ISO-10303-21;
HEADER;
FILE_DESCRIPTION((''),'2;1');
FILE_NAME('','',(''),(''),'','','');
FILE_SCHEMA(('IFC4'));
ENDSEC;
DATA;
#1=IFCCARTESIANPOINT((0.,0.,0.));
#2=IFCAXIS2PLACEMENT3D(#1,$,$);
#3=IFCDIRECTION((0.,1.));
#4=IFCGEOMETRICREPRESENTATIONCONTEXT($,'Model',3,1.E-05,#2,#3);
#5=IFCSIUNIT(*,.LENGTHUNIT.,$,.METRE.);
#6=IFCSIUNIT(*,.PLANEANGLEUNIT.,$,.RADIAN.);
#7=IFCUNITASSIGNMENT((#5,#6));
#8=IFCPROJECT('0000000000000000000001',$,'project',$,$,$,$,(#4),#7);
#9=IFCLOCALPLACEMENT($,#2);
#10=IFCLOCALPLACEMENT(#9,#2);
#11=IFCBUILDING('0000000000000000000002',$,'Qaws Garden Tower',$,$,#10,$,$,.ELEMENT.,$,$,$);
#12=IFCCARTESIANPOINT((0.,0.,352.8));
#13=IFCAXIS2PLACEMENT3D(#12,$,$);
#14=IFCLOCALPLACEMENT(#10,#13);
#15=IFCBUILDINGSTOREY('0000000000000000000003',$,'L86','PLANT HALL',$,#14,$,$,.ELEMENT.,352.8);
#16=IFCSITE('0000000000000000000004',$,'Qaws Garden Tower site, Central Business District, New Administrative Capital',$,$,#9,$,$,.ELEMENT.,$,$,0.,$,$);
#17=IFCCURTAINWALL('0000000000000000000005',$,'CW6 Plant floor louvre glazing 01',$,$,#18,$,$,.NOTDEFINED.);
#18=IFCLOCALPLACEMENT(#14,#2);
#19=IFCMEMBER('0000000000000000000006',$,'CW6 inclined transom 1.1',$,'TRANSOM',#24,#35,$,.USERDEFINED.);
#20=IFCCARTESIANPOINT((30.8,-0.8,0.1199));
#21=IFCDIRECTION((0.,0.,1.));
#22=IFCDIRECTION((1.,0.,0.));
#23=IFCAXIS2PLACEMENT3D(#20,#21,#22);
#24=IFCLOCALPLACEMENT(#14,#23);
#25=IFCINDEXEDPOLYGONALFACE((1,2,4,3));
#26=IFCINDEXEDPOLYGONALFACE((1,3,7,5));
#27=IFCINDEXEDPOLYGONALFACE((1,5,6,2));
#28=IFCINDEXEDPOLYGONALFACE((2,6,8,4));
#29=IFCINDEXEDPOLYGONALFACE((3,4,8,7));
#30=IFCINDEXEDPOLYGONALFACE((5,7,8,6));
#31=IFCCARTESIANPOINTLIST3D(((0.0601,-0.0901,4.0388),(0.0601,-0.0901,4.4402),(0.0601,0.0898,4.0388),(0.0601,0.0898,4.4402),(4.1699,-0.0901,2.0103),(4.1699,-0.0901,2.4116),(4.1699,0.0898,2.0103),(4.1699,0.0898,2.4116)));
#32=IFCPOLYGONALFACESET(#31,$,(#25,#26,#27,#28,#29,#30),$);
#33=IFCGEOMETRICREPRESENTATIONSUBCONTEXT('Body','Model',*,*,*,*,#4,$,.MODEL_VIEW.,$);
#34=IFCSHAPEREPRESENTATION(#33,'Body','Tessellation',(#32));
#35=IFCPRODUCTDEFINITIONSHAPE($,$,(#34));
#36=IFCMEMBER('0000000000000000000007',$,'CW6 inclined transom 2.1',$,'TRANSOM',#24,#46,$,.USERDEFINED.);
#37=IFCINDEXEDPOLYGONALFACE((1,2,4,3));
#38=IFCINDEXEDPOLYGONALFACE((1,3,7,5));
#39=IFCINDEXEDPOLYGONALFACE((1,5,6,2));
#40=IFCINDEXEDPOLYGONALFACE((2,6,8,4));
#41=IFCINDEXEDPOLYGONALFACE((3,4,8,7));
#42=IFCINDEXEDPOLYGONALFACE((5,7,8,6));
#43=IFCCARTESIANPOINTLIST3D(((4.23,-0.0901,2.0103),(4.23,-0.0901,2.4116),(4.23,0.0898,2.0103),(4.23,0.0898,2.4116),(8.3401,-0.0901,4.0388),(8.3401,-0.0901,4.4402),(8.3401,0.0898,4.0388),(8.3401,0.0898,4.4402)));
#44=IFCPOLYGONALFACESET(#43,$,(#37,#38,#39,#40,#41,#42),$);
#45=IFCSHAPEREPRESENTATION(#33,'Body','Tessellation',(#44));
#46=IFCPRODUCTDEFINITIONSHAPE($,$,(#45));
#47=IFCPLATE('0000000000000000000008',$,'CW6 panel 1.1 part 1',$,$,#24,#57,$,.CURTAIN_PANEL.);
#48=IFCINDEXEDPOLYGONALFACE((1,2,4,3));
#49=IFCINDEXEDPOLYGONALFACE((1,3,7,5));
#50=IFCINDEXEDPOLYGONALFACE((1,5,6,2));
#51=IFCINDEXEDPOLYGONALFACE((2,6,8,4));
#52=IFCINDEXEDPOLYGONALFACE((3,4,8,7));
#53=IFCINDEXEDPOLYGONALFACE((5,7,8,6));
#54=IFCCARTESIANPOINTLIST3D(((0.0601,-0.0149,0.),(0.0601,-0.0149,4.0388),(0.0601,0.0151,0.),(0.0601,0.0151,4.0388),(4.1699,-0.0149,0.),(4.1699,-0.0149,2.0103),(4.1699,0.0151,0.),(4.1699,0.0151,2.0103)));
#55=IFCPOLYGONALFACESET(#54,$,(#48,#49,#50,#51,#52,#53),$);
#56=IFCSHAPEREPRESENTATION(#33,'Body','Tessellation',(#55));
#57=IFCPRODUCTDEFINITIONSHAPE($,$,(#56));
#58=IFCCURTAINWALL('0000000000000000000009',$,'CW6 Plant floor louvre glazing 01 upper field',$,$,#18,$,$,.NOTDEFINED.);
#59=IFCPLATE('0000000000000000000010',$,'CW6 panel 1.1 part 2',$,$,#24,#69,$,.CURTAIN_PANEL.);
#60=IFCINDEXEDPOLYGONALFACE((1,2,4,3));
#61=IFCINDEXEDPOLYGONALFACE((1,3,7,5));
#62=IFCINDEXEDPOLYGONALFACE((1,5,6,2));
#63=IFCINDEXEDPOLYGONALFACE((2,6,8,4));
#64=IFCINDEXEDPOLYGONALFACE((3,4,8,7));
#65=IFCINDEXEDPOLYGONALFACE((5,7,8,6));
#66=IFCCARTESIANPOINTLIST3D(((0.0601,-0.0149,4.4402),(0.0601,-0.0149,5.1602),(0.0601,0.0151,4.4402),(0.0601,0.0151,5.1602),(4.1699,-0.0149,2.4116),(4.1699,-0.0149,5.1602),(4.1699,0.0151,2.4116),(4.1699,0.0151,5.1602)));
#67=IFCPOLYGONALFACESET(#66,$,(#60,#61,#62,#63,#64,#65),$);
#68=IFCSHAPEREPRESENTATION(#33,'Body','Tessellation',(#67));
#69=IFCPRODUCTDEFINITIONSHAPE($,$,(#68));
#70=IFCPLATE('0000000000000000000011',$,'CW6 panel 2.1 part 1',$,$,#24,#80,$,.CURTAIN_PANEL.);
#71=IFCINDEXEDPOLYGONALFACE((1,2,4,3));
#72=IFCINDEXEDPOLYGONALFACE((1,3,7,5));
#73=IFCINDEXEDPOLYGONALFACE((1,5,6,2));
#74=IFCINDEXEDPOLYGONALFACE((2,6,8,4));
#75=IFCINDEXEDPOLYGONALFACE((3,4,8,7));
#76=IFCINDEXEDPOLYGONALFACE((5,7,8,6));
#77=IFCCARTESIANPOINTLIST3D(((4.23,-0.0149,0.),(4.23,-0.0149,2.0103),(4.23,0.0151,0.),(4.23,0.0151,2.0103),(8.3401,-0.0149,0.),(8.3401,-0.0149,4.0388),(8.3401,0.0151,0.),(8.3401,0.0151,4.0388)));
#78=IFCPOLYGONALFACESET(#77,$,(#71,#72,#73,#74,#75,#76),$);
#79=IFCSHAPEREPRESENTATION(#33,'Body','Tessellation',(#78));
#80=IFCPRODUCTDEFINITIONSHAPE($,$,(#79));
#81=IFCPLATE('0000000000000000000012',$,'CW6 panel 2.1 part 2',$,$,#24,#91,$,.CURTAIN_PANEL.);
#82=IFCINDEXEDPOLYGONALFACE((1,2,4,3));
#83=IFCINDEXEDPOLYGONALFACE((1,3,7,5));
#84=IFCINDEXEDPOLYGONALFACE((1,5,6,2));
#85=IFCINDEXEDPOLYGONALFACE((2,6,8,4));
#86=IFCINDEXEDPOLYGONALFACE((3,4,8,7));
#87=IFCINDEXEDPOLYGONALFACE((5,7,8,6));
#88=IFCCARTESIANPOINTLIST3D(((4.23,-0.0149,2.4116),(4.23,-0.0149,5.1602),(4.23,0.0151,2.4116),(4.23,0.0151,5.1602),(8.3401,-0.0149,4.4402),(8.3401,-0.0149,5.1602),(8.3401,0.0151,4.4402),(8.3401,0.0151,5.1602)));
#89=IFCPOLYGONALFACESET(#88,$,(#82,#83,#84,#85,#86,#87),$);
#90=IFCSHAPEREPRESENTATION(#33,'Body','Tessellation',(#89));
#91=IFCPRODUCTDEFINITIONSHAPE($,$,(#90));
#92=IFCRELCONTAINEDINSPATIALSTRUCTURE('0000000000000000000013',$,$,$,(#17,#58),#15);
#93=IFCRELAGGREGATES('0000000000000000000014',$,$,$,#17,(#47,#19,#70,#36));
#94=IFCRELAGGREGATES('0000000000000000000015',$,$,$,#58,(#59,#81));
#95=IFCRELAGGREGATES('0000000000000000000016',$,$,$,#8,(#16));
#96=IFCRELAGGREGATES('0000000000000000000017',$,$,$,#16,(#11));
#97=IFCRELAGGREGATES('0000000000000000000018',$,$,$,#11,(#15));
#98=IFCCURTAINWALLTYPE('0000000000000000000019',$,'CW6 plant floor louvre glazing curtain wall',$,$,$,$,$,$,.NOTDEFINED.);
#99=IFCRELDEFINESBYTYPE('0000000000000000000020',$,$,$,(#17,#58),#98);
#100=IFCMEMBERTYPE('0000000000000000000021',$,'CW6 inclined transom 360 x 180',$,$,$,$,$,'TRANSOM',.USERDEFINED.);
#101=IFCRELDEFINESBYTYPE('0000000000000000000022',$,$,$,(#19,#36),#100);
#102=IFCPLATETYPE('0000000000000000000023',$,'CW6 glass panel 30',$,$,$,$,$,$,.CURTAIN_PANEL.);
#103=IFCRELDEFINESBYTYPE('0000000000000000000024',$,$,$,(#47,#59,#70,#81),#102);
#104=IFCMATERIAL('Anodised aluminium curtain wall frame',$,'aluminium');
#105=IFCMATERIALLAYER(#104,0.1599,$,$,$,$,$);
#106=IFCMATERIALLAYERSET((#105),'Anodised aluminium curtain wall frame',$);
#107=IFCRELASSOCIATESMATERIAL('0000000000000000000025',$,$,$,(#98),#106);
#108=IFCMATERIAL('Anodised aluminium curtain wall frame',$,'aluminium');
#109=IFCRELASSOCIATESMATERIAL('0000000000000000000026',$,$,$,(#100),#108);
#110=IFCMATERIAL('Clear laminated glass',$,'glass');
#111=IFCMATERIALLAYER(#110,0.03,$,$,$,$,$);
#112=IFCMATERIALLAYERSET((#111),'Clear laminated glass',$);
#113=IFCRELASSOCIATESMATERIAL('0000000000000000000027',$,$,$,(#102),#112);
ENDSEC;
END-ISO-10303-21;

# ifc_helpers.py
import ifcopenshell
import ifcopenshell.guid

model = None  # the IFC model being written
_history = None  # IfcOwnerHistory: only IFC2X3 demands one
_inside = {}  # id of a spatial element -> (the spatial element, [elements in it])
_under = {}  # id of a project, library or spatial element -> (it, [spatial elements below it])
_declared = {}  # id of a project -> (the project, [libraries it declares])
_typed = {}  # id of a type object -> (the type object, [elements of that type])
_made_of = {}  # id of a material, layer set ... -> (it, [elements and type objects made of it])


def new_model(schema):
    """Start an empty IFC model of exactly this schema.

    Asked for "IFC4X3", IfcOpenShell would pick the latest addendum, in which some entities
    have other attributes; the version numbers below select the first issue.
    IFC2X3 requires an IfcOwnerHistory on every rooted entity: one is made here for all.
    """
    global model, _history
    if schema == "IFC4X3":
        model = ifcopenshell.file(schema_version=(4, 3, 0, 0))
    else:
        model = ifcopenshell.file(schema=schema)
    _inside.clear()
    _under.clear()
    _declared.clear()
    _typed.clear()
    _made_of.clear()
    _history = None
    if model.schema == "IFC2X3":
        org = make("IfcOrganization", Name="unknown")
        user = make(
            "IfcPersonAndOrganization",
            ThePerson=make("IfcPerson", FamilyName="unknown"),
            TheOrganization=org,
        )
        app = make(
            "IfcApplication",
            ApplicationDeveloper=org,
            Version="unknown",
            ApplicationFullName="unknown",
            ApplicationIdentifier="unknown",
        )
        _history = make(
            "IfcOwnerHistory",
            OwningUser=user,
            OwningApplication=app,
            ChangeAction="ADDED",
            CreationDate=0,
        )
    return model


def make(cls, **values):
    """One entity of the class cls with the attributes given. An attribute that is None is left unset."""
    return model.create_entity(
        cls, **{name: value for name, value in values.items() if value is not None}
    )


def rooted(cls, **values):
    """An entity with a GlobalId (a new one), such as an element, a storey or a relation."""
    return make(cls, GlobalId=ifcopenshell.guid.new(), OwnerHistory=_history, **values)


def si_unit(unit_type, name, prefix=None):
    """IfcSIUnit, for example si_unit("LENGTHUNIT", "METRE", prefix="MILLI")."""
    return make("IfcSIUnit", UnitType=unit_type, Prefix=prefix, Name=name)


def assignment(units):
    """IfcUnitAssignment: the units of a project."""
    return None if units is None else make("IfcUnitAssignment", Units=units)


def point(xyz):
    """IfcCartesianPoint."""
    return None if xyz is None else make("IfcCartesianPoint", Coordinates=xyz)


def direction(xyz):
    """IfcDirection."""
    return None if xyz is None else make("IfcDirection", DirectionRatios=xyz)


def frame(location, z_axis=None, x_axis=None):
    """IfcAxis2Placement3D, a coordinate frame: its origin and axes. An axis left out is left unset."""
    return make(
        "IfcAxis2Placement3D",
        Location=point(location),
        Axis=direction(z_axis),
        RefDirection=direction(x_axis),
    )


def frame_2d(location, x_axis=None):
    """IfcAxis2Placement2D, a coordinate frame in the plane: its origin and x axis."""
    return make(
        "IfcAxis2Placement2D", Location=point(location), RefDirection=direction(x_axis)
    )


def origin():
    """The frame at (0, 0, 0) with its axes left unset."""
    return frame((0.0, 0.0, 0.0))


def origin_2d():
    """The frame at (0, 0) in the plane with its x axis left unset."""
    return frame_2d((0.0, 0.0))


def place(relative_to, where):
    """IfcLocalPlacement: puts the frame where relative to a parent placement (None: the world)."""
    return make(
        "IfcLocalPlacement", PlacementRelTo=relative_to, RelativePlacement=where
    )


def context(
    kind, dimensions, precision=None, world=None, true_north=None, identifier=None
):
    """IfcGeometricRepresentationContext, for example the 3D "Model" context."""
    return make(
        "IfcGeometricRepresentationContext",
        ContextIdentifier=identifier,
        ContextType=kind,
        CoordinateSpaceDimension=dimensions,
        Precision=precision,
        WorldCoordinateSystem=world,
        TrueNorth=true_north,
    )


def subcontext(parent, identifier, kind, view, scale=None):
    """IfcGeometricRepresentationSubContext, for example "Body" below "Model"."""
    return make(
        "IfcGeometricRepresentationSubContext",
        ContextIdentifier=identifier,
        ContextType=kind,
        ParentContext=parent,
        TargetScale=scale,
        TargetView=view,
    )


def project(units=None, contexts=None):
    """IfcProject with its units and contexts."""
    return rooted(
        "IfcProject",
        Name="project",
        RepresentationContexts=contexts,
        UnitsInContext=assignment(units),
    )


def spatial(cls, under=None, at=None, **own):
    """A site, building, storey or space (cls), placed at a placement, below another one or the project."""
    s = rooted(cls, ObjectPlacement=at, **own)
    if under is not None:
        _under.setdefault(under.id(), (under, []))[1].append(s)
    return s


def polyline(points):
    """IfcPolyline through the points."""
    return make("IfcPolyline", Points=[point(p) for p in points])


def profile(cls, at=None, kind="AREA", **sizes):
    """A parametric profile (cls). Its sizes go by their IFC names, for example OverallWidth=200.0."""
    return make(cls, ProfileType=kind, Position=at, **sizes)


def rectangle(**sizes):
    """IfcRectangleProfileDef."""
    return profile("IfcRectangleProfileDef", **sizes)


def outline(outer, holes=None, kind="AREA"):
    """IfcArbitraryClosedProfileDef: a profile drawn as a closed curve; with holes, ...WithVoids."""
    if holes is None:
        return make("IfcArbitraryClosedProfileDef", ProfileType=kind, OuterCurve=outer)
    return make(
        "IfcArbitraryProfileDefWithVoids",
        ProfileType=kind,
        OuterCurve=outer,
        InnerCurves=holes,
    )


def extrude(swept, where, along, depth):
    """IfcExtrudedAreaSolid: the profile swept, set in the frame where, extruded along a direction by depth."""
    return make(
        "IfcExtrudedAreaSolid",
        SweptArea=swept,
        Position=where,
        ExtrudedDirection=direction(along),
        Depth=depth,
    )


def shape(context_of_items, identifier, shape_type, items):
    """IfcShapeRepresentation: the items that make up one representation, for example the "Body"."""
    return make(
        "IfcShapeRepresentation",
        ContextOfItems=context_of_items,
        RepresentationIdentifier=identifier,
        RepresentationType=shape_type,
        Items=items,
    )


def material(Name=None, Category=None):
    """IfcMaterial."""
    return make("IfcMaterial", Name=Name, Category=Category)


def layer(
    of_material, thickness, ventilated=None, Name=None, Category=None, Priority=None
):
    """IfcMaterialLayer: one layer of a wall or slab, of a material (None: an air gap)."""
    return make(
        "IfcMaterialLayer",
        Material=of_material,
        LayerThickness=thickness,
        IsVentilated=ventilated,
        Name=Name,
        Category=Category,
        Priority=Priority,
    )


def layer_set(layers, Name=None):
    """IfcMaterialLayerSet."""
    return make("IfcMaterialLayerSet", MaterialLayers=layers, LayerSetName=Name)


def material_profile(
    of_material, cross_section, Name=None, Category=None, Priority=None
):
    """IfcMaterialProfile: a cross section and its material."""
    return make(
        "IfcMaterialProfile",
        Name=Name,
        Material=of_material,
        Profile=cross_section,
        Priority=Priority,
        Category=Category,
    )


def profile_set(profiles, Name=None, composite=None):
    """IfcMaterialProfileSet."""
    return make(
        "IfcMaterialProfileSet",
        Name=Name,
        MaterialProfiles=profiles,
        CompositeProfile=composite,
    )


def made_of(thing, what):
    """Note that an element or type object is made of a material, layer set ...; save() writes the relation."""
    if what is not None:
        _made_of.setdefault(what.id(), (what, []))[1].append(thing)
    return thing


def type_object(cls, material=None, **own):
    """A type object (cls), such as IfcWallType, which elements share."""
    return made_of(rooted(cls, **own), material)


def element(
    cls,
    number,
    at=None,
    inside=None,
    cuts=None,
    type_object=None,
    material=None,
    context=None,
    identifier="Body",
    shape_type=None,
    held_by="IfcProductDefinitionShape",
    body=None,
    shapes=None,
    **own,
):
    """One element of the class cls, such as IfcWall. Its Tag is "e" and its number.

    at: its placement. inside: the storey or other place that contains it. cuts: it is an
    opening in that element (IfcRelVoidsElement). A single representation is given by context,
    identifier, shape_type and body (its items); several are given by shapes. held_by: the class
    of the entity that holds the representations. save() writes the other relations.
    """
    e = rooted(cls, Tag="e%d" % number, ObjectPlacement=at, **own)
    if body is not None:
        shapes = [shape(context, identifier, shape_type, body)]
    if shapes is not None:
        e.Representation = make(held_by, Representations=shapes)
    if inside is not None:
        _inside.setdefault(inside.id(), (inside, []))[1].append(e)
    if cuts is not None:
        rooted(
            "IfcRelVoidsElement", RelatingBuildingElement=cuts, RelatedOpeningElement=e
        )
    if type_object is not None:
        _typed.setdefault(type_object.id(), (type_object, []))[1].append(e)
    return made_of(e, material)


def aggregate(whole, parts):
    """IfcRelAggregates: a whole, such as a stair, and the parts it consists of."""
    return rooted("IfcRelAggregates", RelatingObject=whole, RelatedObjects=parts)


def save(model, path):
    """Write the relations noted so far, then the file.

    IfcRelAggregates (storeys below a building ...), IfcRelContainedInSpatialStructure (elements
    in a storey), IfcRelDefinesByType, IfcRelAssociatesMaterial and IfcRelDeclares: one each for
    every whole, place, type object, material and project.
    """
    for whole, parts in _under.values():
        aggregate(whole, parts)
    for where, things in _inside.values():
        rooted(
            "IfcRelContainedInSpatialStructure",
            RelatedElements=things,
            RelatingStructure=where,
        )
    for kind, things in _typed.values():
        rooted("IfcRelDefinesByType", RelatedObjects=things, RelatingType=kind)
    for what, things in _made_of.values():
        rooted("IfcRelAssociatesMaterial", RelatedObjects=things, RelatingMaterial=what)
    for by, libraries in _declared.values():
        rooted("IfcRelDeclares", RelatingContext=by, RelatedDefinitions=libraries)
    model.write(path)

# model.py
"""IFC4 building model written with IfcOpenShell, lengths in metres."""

from ifc_helpers import new_model, si_unit, direction, frame, origin, origin_2d, place, context, subcontext, project, spatial, polyline, rectangle, outline, extrude, material, layer, layer_set, material_profile, profile_set, type_object, element, aggregate, save


model = new_model("IFC4")

# Units and contexts
model_context = context("Model", 3, precision=1e-05, world=origin(), true_north=direction((0.0, 1.0)))
body_context = subcontext(model_context, "Body", "Model", "MODEL_VIEW")
ifc_project = project(units=[si_unit("LENGTHUNIT", "METRE"), si_unit("PLANEANGLEUNIT", "RADIAN")], contexts=[model_context])

# Site, building, storey
site_placement = place(None, origin())
site = spatial("IfcSite", under=ifc_project, at=site_placement, Name="Qaws Garden Tower site, Central Business District, New Administrative Capital", CompositionType="ELEMENT", RefElevation=0.0)
building_placement = place(site_placement, origin())
building = spatial("IfcBuilding", under=site, at=building_placement, Name="Qaws Garden Tower", CompositionType="ELEMENT")
storey_placement = place(building_placement, frame((0.0, 0.0, 352.8)))
storey = spatial("IfcBuildingStorey", under=building, at=storey_placement, Name="L86", Description="PLANT HALL", CompositionType="ELEMENT", Elevation=352.8)

# Curtain wall, members
ifc_material_1 = material(Name="Anodised aluminium curtain wall frame", Category="aluminium")
ifc_layer_1 = layer(ifc_material_1, 0.1599)
ifc_layer_set_1 = layer_set([ifc_layer_1], Name="Anodised aluminium curtain wall frame")
curtain_wall_type = type_object("IfcCurtainWallType", Name="CW6 plant floor louvre glazing curtain wall", PredefinedType="NOTDEFINED", material=ifc_layer_set_1)
placement_1 = place(storey_placement, origin())
curtain_wall_1 = element("IfcCurtainWall", 1, at=placement_1, inside=storey, type_object=curtain_wall_type, Name="CW6 Plant floor louvre glazing 01", PredefinedType="NOTDEFINED")
ifc_material_2 = material(Name="Anodised aluminium curtain wall frame", Category="aluminium")
ifc_material_profile_1 = material_profile(ifc_material_2, rectangle(XDim=0.1799, YDim=0.3601, at=origin_2d()), Name="AL 180x360")
ifc_profile_set_1 = profile_set([ifc_material_profile_1], Name="Anodised aluminium curtain wall frame")
member_type_1 = type_object("IfcMemberType", Name="CW6 inclined transom 360 x 180", ElementType="TRANSOM", PredefinedType="USERDEFINED", material=ifc_profile_set_1)
placement_2 = place(storey_placement, frame((30.8, -0.8, 0.1199), z_axis=(0.0, 0.0, 1.0), x_axis=(1.0, 0.0, 0.0)))
member_1 = element("IfcMember", 2, at=placement_2, type_object=member_type_1, Name="CW6 inclined transom 1.1", ObjectType="TRANSOM", PredefinedType="USERDEFINED", context=body_context, shape_type="SweptSolid", body=[
    extrude(outline(polyline([(0.0601, 4.0388), (4.1699, 2.0103), (4.1699, 2.4116), (0.0601, 4.4402), (0.0601, 4.0388)])), frame((0.0, 0.0898, 0.0), z_axis=(0.0, -1.0, 0.0), x_axis=(1.0, 0.0, 0.0)), (0.0, 0.0, 1.0), 0.1799),
])
member_2 = element("IfcMember", 3, at=placement_2, type_object=member_type_1, Name="CW6 inclined transom 2.1", ObjectType="TRANSOM", PredefinedType="USERDEFINED", context=body_context, shape_type="SweptSolid", body=[
    extrude(outline(polyline([(4.23, 2.0103), (8.3401, 4.0388), (8.3401, 4.4402), (4.23, 2.4116), (4.23, 2.0103)])), frame((0.0, 0.0898, 0.0), z_axis=(0.0, -1.0, 0.0), x_axis=(1.0, 0.0, 0.0)), (0.0, 0.0, 1.0), 0.1799),
])

# Plate
ifc_material_3 = material(Name="Clear laminated glass", Category="glass")
ifc_layer_2 = layer(ifc_material_3, 0.03)
ifc_layer_set_2 = layer_set([ifc_layer_2], Name="Clear laminated glass")
plate_type = type_object("IfcPlateType", Name="CW6 glass panel 30", PredefinedType="CURTAIN_PANEL", material=ifc_layer_set_2)
plate_1 = element("IfcPlate", 4, at=placement_2, type_object=plate_type, Name="CW6 panel 1.1 part 1", PredefinedType="CURTAIN_PANEL", context=body_context, shape_type="SweptSolid", body=[
    extrude(outline(polyline([(4.1699, 0.0), (4.1699, 2.0103), (0.0601, 4.0388), (0.0601, 0.0), (4.1699, 0.0)])), frame((0.0, 0.0151, 0.0), z_axis=(0.0, -1.0, 0.0), x_axis=(1.0, 0.0, 0.0)), (0.0, 0.0, 1.0), 0.03),
])

# Curtain wall, plate
curtain_wall_2 = element("IfcCurtainWall", 5, at=placement_1, inside=storey, type_object=curtain_wall_type, Name="CW6 Plant floor louvre glazing 01 upper field", PredefinedType="NOTDEFINED")
plate_2 = element("IfcPlate", 6, at=placement_2, type_object=plate_type, Name="CW6 panel 1.1 part 2", PredefinedType="CURTAIN_PANEL", context=body_context, shape_type="SweptSolid", body=[
    extrude(outline(polyline([(0.0601, 5.1602), (0.0601, 4.4402), (4.1699, 2.4116), (4.1699, 5.1602), (0.0601, 5.1602)])), frame((0.0, 0.0151, 0.0), z_axis=(0.0, -1.0, 0.0), x_axis=(1.0, 0.0, 0.0)), (0.0, 0.0, 1.0), 0.03),
])

# Plates
plate_3 = element("IfcPlate", 7, at=placement_2, type_object=plate_type, Name="CW6 panel 2.1 part 1", PredefinedType="CURTAIN_PANEL", context=body_context, shape_type="SweptSolid", body=[
    extrude(outline(polyline([(8.3401, 0.0), (8.3401, 4.0388), (4.23, 2.0103), (4.23, 0.0), (8.3401, 0.0)])), frame((0.0, 0.0151, 0.0), z_axis=(0.0, -1.0, 0.0), x_axis=(1.0, 0.0, 0.0)), (0.0, 0.0, 1.0), 0.03),
])
aggregate(curtain_wall_1, [plate_1, member_1, plate_3, member_2])
plate_4 = element("IfcPlate", 8, at=placement_2, type_object=plate_type, Name="CW6 panel 2.1 part 2", PredefinedType="CURTAIN_PANEL", context=body_context, shape_type="SweptSolid", body=[
    extrude(outline(polyline([(4.23, 5.1602), (4.23, 2.4116), (8.3401, 4.4402), (8.3401, 5.1602), (4.23, 5.1602)])), frame((0.0, 0.0151, 0.0), z_axis=(0.0, -1.0, 0.0), x_axis=(1.0, 0.0, 0.0)), (0.0, 0.0, 1.0), 0.03),
])
aggregate(curtain_wall_2, [plate_2, plate_4])

save(model, "model.ifc")
